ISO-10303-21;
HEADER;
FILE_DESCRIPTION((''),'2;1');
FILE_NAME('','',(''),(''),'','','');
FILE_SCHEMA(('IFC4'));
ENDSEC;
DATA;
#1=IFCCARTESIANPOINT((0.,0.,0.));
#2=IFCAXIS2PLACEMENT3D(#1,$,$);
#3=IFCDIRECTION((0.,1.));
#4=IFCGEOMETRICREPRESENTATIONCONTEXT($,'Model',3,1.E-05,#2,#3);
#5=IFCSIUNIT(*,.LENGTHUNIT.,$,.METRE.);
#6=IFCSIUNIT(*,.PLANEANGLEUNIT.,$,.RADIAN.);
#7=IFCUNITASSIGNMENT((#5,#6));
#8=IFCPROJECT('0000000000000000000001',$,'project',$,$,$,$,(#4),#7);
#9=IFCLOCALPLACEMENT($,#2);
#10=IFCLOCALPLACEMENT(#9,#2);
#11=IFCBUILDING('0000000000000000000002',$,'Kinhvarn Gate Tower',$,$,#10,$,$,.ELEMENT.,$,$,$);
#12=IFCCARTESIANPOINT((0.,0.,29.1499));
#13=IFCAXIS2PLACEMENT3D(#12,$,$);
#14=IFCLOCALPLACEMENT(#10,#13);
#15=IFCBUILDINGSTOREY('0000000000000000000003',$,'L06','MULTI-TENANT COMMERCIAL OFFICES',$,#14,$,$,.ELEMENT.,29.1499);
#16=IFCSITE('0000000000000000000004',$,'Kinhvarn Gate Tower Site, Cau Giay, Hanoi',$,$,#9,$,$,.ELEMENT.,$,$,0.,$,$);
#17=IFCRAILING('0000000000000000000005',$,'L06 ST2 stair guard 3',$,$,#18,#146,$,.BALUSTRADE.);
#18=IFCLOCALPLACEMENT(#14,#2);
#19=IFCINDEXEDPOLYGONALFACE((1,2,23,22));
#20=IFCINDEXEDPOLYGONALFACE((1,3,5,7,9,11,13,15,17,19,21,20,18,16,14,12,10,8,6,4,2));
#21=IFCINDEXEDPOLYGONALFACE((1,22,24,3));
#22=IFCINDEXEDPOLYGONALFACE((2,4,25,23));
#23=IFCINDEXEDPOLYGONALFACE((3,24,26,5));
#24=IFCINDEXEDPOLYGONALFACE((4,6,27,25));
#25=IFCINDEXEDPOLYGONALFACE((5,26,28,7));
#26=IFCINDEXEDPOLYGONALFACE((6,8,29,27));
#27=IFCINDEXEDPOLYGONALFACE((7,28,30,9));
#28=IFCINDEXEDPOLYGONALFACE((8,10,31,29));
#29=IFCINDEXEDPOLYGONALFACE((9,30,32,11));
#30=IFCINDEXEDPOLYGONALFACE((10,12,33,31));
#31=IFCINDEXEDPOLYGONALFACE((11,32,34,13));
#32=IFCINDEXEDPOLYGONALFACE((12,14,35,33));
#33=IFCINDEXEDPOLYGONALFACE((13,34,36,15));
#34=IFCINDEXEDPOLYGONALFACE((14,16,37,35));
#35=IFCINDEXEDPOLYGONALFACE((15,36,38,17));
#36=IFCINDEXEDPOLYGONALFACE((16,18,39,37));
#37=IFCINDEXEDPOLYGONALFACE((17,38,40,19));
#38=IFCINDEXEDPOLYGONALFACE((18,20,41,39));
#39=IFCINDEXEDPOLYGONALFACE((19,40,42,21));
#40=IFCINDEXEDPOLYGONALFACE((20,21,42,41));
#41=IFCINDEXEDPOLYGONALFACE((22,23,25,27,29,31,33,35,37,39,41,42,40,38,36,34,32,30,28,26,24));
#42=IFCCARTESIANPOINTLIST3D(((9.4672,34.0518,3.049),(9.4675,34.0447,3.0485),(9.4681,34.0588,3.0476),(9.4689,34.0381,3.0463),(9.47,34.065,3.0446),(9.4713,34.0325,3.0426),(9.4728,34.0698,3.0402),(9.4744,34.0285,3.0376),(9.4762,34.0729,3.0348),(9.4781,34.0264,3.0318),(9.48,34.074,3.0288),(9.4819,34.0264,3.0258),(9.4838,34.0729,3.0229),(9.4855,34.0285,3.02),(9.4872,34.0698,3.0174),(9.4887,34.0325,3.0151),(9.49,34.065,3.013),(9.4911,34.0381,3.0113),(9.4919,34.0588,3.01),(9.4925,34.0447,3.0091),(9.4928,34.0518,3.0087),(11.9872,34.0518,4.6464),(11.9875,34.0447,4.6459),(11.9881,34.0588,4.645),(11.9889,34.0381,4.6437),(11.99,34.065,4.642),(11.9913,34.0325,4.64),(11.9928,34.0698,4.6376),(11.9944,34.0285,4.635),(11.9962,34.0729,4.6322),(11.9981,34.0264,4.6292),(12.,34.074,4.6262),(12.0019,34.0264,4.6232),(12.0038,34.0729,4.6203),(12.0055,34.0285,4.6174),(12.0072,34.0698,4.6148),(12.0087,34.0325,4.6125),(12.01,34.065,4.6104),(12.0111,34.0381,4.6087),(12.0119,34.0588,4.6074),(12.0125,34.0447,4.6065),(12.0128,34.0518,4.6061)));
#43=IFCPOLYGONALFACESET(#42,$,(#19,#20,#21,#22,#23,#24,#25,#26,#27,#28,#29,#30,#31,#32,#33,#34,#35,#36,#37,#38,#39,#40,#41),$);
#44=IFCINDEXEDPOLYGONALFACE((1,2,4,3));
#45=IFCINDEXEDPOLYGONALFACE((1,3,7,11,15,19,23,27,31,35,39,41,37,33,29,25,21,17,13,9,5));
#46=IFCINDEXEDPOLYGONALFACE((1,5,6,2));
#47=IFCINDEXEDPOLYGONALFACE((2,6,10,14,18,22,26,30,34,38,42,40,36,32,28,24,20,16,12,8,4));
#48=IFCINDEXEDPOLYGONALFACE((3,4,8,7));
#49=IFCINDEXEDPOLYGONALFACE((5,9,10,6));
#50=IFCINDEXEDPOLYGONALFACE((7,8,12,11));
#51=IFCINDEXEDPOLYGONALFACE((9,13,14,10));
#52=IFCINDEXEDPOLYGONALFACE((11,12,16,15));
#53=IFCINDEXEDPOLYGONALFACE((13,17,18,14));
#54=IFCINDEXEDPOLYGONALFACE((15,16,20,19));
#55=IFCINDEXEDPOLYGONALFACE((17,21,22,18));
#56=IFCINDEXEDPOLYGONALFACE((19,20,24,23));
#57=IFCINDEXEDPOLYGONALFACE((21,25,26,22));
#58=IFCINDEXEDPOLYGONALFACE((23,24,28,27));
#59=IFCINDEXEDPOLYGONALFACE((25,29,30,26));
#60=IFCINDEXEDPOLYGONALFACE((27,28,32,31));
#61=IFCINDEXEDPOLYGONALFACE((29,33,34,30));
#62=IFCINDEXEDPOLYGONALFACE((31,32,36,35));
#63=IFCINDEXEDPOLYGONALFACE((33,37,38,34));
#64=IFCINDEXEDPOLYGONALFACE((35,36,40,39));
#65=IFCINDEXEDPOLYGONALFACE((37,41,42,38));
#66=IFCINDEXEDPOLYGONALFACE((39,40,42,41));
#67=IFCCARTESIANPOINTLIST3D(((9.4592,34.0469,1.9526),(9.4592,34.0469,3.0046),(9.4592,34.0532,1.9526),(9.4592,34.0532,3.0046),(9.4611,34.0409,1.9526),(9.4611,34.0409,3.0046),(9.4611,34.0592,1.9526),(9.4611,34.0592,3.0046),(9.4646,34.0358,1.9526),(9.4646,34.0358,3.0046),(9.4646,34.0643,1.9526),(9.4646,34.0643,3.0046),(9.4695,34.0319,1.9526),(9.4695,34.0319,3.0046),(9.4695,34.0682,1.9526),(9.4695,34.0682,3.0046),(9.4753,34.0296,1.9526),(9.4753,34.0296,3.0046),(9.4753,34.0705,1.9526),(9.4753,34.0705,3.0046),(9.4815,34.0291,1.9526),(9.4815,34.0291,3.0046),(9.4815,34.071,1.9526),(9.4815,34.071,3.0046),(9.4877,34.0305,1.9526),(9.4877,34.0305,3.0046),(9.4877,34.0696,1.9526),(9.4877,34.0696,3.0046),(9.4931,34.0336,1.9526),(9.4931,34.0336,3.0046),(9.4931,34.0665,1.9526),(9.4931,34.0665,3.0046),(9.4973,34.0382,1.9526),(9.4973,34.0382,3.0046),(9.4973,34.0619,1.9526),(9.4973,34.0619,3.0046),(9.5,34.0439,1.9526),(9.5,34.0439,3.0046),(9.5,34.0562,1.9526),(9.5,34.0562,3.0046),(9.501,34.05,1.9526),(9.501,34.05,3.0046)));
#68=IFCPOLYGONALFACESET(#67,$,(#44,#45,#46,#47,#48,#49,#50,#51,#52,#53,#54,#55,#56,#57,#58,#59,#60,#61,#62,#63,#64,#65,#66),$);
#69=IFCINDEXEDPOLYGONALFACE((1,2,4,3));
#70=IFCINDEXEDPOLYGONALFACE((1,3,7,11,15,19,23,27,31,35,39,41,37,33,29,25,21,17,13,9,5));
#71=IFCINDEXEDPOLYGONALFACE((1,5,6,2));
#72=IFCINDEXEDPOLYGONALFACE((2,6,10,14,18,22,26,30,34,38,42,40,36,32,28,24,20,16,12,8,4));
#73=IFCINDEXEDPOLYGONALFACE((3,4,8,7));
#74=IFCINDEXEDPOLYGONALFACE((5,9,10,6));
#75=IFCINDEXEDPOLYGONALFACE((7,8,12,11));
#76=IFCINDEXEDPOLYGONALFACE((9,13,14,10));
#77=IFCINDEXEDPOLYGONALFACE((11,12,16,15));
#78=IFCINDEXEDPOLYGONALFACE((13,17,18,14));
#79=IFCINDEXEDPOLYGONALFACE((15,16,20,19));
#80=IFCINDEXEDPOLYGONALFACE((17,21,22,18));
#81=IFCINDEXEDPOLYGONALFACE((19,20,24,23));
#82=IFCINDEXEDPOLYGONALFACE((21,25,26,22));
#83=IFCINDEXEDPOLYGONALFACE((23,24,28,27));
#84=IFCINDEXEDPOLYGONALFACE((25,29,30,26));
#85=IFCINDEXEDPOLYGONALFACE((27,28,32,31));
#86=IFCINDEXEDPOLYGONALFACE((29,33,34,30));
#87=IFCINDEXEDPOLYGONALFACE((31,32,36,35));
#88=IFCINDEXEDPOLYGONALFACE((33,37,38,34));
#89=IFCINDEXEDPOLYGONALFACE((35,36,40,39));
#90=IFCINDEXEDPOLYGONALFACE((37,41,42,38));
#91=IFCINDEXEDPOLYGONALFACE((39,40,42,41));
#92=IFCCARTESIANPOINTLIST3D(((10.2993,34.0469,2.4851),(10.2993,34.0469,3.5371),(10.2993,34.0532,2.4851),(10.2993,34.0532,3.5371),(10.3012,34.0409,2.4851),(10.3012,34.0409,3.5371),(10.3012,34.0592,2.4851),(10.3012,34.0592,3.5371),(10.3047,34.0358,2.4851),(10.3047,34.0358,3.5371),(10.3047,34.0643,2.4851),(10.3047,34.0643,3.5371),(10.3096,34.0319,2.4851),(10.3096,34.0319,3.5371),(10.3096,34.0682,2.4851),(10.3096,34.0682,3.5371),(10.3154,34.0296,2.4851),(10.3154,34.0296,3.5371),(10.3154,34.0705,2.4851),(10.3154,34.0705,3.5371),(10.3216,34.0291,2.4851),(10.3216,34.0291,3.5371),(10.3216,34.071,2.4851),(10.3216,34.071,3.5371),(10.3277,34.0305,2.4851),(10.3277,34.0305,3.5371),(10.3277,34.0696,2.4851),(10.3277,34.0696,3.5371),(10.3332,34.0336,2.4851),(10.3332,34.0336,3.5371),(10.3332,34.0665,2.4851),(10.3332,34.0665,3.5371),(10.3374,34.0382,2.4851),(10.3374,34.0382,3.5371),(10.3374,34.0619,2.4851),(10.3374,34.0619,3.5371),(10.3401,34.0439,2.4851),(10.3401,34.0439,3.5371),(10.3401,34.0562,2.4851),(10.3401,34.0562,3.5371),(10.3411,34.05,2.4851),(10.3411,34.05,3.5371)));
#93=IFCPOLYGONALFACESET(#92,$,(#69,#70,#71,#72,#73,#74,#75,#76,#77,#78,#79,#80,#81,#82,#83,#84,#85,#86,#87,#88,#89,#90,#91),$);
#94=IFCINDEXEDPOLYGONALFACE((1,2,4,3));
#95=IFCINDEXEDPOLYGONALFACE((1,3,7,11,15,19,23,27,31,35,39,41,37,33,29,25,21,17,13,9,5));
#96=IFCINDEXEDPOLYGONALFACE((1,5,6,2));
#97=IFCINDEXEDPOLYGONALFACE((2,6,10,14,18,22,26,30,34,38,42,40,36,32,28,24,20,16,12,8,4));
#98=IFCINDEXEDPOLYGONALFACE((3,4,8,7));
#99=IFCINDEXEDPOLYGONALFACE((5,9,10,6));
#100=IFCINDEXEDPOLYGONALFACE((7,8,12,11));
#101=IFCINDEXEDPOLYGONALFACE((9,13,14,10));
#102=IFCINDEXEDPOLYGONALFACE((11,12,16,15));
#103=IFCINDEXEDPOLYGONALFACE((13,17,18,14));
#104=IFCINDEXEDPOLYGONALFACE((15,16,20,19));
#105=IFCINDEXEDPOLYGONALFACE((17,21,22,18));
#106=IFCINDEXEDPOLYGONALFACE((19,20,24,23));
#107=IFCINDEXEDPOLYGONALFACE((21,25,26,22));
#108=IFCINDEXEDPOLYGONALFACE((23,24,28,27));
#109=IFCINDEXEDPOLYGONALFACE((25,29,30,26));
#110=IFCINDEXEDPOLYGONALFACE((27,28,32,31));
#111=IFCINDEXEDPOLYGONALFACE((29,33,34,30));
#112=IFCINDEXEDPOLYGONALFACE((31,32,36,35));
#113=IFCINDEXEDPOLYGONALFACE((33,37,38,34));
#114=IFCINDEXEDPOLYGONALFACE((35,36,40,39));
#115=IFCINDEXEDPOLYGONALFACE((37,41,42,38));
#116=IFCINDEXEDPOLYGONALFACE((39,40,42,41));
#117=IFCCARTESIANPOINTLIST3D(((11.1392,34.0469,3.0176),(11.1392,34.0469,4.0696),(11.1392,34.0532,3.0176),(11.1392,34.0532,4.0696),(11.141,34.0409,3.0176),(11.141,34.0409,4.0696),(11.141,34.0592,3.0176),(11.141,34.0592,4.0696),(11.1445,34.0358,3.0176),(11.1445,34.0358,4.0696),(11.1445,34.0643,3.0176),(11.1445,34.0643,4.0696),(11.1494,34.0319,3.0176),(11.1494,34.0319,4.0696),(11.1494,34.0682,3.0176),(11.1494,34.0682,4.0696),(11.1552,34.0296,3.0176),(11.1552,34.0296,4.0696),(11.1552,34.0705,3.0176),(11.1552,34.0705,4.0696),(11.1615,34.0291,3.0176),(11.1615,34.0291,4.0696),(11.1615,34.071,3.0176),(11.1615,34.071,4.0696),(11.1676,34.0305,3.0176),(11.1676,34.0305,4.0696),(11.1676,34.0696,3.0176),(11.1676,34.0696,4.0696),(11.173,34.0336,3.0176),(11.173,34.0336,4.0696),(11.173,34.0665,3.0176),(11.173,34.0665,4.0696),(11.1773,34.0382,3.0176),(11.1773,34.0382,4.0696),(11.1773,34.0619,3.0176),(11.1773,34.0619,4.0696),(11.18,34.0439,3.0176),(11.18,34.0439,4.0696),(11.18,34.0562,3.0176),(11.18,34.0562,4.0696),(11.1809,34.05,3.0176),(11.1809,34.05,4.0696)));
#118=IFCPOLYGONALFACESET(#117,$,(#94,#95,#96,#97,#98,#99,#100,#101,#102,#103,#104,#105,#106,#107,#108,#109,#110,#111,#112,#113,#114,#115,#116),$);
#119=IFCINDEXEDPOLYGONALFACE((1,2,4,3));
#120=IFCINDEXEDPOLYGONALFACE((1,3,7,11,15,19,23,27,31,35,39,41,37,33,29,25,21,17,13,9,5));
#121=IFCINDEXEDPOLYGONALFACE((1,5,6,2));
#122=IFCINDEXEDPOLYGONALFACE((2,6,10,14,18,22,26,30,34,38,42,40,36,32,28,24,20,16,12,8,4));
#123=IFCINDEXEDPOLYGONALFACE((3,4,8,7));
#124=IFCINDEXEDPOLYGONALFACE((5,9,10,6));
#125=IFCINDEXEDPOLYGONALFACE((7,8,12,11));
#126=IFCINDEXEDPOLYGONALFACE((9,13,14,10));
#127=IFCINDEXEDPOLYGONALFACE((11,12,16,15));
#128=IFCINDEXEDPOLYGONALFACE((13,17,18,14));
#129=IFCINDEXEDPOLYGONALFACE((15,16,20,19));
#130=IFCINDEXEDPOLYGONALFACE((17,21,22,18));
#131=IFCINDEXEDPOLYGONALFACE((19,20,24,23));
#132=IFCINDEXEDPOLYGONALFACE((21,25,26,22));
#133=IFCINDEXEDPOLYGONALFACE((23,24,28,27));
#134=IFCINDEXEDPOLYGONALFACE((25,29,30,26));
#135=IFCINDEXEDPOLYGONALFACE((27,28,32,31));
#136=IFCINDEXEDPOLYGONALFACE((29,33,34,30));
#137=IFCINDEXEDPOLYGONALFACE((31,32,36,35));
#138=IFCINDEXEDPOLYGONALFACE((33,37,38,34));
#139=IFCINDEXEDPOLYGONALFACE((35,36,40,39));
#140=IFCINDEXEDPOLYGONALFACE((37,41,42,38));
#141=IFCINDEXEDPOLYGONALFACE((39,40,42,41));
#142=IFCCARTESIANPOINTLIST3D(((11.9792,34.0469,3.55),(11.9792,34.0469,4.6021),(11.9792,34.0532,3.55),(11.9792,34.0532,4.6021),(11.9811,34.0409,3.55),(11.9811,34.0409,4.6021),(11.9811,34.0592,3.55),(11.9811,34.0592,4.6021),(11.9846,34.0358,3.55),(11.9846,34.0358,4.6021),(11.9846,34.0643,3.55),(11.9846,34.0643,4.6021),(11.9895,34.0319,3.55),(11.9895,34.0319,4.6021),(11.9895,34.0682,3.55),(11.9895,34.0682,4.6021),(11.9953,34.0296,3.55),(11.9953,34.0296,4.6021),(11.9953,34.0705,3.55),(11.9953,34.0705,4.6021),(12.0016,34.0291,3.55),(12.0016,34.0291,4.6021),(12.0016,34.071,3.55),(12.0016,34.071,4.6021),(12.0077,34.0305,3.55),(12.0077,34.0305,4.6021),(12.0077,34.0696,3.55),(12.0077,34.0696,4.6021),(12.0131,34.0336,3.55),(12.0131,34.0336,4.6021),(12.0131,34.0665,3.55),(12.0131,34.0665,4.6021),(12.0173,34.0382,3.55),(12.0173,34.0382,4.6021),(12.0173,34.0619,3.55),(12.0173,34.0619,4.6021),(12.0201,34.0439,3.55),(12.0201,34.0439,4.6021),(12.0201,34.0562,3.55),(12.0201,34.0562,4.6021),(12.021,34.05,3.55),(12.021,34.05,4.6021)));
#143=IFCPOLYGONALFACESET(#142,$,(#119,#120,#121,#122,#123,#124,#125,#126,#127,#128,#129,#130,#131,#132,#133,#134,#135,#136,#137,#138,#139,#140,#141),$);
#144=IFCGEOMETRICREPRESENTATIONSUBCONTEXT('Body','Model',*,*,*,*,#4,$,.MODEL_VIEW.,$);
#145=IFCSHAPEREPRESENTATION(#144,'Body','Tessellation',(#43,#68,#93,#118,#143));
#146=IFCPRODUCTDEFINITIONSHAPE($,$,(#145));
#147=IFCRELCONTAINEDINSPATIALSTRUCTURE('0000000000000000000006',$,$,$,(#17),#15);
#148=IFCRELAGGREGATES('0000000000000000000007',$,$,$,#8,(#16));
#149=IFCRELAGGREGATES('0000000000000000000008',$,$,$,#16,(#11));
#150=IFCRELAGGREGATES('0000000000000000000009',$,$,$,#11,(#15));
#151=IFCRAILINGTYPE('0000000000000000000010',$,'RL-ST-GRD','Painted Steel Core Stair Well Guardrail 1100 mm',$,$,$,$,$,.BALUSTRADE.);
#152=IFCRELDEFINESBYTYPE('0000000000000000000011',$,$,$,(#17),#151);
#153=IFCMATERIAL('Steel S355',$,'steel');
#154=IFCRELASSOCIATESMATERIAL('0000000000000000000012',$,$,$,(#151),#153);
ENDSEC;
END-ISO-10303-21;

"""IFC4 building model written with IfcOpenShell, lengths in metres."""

from ifc_helpers import new_model, si_unit, direction, frame, origin, origin_2d, place, context, subcontext, project, spatial, circle, extrude, material, type_object, element, save


model = new_model("IFC4")

# Units and contexts
model_context = context("Model", 3, precision=1e-05, world=origin(), true_north=direction((0.0, 1.0)))
body_context = subcontext(model_context, "Body", "Model", "MODEL_VIEW")
ifc_project = project(units=[si_unit("LENGTHUNIT", "METRE"), si_unit("PLANEANGLEUNIT", "RADIAN")], contexts=[model_context])

# Site, building, storey
site_placement = place(None, origin())
site = spatial("IfcSite", under=ifc_project, at=site_placement, Name="Kinhvarn Gate Tower Site, Cau Giay, Hanoi", CompositionType="ELEMENT", RefElevation=0.0)
building_placement = place(site_placement, origin())
building = spatial("IfcBuilding", under=site, at=building_placement, Name="Kinhvarn Gate Tower", CompositionType="ELEMENT")
storey_placement = place(building_placement, frame((0.0, 0.0, 29.1499)))
storey = spatial("IfcBuildingStorey", under=building, at=storey_placement, Name="L06", Description="MULTI-TENANT COMMERCIAL OFFICES", CompositionType="ELEMENT", Elevation=29.1499)

# Shared definitions
ifc_material_1 = material(Name="Steel S355", Category="steel")

# Railing
railing_type_1 = type_object("IfcRailingType", Name="RL-ST-GRD", Description="Painted Steel Core Stair Well Guardrail 1100 mm", PredefinedType="BALUSTRADE", material=ifc_material_1)
railing_1_placement = place(storey_placement, frame((9.48, 34.05, 1.9526)))
element("IfcRailing", 1, at=railing_1_placement, inside=storey, type_object=railing_type_1, Name="L06 ST2 stair guard 3", PredefinedType="BALUSTRADE", context=body_context, shape_type="SweptSolid", body=[
    extrude(circle(Radius=0.0239, at=origin_2d()), frame((0.0, 0.0, 1.0762), z_axis=(0.844607, 0.0, 0.535387), x_axis=(0.0, 1.0, 0.0)), (0.0, 0.0, 1.0), 2.9836),
    extrude(circle(Radius=0.021, at=origin_2d()), origin(), (0.0, 0.0, 1.0), 1.052),
    extrude(circle(Radius=0.021, at=origin_2d()), frame((0.8401, 0.0, 0.5325)), (0.0, 0.0, 1.0), 1.052),
    extrude(circle(Radius=0.021, at=origin_2d()), frame((1.6799, 0.0, 1.0649)), (0.0, 0.0, 1.0), 1.052),
    extrude(circle(Radius=0.021, at=origin_2d()), frame((2.52, 0.0, 1.5974)), (0.0, 0.0, 1.0), 1.052),
])

save(model, "model.ifc")
